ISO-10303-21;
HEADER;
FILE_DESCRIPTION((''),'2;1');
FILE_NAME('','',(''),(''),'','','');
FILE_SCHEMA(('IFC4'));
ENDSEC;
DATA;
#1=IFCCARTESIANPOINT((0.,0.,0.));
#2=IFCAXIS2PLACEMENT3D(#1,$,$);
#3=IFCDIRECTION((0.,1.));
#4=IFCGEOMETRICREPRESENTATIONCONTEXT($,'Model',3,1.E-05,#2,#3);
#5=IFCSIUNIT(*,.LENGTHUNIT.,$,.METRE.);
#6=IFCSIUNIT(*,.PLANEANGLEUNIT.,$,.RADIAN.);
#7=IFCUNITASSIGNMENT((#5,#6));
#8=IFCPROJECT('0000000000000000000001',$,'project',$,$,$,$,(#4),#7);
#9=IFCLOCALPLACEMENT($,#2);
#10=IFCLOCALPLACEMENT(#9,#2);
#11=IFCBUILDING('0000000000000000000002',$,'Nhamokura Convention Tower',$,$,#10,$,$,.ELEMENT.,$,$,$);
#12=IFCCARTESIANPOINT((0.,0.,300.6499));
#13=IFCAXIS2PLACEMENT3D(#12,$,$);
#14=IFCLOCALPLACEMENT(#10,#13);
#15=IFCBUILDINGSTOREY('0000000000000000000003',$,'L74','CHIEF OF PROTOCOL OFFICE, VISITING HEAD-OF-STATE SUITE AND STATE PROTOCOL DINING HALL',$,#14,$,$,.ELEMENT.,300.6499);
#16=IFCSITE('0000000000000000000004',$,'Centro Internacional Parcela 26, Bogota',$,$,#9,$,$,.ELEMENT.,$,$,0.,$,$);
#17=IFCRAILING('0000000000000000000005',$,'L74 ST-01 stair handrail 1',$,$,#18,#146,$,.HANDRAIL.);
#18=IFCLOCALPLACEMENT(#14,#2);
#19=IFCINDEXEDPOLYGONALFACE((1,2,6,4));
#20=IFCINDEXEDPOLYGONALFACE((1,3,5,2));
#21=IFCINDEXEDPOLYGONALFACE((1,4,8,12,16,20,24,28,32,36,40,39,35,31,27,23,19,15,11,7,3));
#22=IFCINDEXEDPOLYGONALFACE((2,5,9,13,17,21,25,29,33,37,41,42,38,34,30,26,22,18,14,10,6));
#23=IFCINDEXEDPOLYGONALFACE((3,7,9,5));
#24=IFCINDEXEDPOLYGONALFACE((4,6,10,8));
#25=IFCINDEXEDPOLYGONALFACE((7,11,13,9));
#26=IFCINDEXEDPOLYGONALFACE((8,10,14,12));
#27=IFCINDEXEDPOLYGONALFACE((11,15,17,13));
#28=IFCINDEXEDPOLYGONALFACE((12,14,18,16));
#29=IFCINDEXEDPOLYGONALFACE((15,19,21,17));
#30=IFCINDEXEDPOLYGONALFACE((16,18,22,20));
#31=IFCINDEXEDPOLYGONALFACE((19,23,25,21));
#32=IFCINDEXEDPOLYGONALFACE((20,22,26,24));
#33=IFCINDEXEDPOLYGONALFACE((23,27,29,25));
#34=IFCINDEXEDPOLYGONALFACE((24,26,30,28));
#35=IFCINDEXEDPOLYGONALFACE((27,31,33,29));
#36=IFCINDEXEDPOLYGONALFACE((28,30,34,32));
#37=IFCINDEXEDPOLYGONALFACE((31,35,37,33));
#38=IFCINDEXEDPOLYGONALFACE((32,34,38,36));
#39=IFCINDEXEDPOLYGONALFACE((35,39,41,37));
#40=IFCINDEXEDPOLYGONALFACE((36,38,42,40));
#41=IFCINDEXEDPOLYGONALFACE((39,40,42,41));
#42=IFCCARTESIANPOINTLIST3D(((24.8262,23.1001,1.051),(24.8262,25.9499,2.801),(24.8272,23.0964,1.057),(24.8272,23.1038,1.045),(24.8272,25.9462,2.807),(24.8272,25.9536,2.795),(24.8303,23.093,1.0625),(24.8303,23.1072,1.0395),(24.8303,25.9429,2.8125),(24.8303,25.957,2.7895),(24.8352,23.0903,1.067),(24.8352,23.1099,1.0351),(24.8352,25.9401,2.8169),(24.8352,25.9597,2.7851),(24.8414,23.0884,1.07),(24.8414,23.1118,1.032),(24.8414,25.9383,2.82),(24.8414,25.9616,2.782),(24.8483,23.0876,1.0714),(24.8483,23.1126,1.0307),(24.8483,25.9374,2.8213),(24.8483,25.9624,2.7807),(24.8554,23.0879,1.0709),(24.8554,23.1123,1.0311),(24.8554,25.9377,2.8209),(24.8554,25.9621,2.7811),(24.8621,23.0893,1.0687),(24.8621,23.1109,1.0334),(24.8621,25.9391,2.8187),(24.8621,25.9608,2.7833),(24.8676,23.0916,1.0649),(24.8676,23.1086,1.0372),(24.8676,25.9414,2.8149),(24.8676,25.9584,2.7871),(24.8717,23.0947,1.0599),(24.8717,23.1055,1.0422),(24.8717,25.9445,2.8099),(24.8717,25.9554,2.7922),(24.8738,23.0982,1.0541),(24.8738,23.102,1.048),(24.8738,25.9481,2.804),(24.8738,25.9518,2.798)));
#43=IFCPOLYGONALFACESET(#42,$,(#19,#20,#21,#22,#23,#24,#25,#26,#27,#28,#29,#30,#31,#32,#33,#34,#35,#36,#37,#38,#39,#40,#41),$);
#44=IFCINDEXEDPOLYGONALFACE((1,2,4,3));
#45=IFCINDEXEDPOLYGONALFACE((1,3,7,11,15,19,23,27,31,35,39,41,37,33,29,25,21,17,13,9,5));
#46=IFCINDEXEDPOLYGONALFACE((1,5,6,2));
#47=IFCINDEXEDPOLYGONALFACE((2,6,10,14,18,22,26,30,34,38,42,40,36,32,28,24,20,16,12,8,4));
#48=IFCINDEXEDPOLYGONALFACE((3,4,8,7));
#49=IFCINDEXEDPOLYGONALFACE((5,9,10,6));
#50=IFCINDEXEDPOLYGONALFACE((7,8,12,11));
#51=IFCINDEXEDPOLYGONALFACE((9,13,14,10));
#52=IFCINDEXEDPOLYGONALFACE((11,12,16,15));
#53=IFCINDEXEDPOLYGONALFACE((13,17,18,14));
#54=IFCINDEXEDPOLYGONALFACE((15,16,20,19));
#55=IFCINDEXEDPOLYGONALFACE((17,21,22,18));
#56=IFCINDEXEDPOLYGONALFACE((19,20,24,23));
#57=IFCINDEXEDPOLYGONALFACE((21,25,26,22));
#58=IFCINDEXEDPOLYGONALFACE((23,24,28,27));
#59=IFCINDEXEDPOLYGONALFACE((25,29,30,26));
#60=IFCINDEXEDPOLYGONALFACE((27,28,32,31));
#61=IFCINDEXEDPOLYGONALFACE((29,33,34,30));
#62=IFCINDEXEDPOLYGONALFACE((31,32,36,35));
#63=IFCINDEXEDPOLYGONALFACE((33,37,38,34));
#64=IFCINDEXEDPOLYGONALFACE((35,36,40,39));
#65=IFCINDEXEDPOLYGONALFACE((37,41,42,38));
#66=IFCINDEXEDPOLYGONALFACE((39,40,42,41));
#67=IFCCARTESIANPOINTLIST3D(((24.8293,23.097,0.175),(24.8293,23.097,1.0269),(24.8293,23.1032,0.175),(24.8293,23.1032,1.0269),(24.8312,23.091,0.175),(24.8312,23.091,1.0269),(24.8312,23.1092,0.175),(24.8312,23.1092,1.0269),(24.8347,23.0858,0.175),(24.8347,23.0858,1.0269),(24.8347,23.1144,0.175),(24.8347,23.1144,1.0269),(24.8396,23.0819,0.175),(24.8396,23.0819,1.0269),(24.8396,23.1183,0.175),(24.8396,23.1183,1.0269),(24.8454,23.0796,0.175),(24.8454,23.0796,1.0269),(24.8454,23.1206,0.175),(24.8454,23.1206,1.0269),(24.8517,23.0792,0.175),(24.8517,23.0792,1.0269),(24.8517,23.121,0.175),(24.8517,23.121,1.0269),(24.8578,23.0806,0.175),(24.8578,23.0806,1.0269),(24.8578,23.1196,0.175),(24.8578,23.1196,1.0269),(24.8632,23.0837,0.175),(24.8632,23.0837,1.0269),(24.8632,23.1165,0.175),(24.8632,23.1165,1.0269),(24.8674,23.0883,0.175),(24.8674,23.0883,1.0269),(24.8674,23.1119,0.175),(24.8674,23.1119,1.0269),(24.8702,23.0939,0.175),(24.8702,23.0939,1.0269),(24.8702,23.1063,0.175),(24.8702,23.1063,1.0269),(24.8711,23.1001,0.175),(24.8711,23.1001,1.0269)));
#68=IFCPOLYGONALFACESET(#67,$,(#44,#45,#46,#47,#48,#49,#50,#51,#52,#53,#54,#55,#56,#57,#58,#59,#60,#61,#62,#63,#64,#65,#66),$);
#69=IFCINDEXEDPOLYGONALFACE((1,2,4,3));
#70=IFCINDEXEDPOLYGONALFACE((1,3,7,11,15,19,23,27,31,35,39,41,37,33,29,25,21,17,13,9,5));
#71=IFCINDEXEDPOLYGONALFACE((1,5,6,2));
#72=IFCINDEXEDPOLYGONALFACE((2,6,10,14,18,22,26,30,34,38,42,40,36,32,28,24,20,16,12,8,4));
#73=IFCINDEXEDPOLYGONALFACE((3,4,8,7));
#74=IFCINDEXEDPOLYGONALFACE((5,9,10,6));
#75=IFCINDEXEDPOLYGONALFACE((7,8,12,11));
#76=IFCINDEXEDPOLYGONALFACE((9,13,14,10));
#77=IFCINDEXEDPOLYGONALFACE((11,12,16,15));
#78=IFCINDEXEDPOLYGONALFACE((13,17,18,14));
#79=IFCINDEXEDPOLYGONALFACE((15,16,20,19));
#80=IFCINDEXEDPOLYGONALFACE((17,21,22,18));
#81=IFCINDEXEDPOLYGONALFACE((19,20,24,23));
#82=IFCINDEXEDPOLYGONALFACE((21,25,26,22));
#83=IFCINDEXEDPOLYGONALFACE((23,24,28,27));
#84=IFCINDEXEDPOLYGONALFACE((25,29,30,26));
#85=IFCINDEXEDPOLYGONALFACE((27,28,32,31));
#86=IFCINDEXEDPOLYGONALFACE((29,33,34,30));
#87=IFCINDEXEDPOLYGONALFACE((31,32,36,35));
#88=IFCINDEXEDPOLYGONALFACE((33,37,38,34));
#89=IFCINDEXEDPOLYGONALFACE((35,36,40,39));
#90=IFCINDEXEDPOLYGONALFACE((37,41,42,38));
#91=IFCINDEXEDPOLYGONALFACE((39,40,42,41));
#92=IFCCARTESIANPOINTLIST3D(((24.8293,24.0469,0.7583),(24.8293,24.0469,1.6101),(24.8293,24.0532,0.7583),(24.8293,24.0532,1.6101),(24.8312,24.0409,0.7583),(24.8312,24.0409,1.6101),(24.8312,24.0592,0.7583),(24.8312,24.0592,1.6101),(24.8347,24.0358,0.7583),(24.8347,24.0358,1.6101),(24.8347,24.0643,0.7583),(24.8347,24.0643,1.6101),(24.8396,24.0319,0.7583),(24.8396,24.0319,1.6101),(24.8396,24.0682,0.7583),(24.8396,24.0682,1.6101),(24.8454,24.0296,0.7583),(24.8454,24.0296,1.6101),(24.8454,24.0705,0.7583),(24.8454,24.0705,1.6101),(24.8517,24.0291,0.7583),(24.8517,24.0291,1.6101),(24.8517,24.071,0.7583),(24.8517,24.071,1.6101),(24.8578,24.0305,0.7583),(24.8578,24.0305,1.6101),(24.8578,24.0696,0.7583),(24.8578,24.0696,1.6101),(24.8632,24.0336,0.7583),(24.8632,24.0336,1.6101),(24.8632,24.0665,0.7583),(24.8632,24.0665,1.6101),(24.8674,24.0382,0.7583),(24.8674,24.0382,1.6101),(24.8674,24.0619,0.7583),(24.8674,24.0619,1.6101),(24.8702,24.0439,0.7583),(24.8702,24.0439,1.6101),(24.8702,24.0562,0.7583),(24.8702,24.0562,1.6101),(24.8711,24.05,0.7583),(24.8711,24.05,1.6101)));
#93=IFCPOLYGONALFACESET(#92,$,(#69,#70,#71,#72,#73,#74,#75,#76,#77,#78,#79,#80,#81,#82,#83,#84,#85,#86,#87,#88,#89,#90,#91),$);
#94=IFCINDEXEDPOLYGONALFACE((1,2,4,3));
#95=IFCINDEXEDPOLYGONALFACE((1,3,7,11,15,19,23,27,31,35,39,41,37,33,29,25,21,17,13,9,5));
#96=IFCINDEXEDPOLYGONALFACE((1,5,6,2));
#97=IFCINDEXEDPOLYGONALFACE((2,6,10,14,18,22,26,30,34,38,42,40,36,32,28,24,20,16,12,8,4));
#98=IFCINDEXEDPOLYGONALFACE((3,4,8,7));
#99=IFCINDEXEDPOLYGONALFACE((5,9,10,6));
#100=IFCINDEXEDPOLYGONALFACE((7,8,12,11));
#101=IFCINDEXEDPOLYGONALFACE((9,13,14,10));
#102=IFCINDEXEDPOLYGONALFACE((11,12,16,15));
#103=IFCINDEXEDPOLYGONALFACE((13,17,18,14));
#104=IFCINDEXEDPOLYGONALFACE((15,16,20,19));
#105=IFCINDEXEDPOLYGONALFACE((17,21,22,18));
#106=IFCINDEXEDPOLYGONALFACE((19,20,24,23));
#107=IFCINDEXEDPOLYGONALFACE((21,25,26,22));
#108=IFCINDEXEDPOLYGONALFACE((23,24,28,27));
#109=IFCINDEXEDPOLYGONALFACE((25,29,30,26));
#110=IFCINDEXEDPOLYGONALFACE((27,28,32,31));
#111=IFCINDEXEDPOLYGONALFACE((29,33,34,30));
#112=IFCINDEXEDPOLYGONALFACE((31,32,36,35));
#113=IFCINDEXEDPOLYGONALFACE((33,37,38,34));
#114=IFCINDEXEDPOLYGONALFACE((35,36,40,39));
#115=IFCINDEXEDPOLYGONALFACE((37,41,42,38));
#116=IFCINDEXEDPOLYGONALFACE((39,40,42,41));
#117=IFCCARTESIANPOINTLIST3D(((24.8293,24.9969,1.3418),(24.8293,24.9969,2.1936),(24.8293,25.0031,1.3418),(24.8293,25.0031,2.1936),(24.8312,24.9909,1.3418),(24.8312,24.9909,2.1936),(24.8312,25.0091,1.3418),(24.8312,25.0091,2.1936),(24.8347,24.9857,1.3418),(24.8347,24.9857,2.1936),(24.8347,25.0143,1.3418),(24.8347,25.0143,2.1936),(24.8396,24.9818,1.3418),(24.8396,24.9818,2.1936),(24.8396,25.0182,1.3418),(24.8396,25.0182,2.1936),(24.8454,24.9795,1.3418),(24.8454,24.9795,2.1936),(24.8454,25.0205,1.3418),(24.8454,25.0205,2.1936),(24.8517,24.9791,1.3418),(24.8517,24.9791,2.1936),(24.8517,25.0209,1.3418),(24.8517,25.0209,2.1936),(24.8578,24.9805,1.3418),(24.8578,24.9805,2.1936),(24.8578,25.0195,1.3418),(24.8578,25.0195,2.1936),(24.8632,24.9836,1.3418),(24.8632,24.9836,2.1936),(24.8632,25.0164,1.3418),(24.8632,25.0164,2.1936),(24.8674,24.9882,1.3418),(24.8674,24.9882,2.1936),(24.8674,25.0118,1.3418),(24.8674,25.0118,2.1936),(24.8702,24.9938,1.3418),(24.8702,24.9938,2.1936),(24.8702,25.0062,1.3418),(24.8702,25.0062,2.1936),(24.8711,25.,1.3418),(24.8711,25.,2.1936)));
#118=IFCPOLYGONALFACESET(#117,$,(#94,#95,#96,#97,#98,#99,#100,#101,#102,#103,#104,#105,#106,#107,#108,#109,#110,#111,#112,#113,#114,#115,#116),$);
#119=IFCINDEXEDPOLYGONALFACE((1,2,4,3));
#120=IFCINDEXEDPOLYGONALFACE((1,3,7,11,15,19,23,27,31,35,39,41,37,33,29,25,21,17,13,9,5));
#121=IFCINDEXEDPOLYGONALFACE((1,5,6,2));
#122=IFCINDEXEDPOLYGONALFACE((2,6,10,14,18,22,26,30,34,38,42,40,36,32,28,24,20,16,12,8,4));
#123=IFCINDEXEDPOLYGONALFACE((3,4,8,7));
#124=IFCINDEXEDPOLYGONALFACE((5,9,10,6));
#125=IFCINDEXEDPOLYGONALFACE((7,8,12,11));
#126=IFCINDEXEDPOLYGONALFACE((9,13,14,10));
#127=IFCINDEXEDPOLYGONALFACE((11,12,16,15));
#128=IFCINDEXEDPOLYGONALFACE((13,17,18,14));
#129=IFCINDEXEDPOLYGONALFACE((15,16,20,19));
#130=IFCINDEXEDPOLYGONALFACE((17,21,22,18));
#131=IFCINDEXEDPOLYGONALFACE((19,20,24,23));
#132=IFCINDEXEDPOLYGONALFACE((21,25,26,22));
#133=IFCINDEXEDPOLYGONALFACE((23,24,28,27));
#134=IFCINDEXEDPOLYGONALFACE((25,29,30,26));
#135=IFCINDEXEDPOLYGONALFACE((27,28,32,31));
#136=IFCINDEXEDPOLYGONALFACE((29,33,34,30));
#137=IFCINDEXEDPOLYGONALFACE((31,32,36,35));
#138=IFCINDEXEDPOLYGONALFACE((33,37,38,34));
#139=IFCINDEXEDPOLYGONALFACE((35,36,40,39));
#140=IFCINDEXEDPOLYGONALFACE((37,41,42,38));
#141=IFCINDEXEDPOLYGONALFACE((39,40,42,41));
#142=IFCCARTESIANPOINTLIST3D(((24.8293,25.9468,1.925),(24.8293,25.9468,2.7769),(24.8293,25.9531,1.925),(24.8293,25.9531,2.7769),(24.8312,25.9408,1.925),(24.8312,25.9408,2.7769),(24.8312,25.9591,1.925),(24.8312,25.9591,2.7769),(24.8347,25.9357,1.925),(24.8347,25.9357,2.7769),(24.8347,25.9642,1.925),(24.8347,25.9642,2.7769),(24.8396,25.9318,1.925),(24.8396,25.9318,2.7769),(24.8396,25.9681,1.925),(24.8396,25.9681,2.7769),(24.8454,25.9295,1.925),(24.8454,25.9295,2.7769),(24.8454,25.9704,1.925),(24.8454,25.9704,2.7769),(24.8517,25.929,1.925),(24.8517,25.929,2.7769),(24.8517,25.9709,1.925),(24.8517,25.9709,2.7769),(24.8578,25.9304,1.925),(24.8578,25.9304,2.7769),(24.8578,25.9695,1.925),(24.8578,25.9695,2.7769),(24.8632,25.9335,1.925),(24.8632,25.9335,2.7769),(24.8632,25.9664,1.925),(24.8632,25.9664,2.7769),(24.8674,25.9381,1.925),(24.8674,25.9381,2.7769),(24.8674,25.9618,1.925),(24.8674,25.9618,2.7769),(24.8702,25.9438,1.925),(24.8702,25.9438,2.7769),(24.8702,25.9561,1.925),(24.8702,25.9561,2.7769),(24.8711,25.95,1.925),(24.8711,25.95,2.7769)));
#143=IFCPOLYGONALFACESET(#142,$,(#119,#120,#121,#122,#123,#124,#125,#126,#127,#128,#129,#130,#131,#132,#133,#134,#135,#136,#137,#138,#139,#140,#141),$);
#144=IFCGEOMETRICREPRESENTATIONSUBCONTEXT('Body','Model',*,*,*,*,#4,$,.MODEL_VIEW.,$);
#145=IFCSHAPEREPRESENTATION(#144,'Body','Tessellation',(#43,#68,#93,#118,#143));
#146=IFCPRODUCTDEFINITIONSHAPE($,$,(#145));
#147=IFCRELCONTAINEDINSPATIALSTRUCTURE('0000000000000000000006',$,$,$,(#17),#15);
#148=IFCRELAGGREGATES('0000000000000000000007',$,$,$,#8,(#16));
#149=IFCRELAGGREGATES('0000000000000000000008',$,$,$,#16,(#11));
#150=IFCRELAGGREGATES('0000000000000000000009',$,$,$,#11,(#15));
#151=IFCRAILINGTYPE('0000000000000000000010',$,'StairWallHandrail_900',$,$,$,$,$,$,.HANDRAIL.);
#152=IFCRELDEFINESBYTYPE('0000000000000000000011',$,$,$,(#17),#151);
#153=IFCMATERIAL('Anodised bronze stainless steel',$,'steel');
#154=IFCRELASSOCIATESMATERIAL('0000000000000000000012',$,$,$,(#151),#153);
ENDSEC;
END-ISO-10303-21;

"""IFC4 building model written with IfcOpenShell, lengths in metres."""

from ifc_helpers import new_model, si_unit, direction, frame, origin, origin_2d, place, context, subcontext, project, spatial, circle, extrude, material, type_object, element, save


model = new_model("IFC4")

# Units and contexts
model_context = context("Model", 3, precision=1e-05, world=origin(), true_north=direction((0.0, 1.0)))
body_context = subcontext(model_context, "Body", "Model", "MODEL_VIEW")
ifc_project = project(units=[si_unit("LENGTHUNIT", "METRE"), si_unit("PLANEANGLEUNIT", "RADIAN")], contexts=[model_context])

# Site, building, storey
site_placement = place(None, origin())
site = spatial("IfcSite", under=ifc_project, at=site_placement, Name="Centro Internacional Parcela 26, Bogota", CompositionType="ELEMENT", RefElevation=0.0)
building_placement = place(site_placement, origin())
building = spatial("IfcBuilding", under=site, at=building_placement, Name="Nhamokura Convention Tower", CompositionType="ELEMENT")
storey_placement = place(building_placement, frame((0.0, 0.0, 300.6499)))
storey = spatial("IfcBuildingStorey", under=building, at=storey_placement, Name="L74", Description="CHIEF OF PROTOCOL OFFICE, VISITING HEAD-OF-STATE SUITE AND STATE PROTOCOL DINING HALL", CompositionType="ELEMENT", Elevation=300.6499)

# Railing
ifc_material_1 = material(Name="Anodised bronze stainless steel", Category="steel")
railing_type_1 = type_object("IfcRailingType", Name="StairWallHandrail_900", PredefinedType="HANDRAIL", material=ifc_material_1)
railing_1_placement = place(storey_placement, frame((24.8501, 23.1001, 0.175)))
element("IfcRailing", 1, at=railing_1_placement, inside=storey, type_object=railing_type_1, Name="L74 ST-01 stair handrail 1", PredefinedType="HANDRAIL", context=body_context, shape_type="SweptSolid", body=[
    extrude(circle(Radius=0.0239, at=origin_2d()), frame((0.0, 0.0, 0.876), z_axis=(0.0, 0.852159, 0.523283), x_axis=(-1.0, 0.0, 0.0)), (0.0, 0.0, 1.0), 3.3442),
    extrude(circle(Radius=0.021, at=origin_2d()), origin(), (0.0, 0.0, 1.0), 0.8518),
    extrude(circle(Radius=0.021, at=origin_2d()), frame((0.0, 0.95, 0.5833)), (0.0, 0.0, 1.0), 0.8518),
    extrude(circle(Radius=0.021, at=origin_2d()), frame((0.0, 1.8999, 1.1667)), (0.0, 0.0, 1.0), 0.8518),
    extrude(circle(Radius=0.021, at=origin_2d()), frame((0.0, 2.8499, 1.75)), (0.0, 0.0, 1.0), 0.8518),
])

save(model, "model.ifc")
